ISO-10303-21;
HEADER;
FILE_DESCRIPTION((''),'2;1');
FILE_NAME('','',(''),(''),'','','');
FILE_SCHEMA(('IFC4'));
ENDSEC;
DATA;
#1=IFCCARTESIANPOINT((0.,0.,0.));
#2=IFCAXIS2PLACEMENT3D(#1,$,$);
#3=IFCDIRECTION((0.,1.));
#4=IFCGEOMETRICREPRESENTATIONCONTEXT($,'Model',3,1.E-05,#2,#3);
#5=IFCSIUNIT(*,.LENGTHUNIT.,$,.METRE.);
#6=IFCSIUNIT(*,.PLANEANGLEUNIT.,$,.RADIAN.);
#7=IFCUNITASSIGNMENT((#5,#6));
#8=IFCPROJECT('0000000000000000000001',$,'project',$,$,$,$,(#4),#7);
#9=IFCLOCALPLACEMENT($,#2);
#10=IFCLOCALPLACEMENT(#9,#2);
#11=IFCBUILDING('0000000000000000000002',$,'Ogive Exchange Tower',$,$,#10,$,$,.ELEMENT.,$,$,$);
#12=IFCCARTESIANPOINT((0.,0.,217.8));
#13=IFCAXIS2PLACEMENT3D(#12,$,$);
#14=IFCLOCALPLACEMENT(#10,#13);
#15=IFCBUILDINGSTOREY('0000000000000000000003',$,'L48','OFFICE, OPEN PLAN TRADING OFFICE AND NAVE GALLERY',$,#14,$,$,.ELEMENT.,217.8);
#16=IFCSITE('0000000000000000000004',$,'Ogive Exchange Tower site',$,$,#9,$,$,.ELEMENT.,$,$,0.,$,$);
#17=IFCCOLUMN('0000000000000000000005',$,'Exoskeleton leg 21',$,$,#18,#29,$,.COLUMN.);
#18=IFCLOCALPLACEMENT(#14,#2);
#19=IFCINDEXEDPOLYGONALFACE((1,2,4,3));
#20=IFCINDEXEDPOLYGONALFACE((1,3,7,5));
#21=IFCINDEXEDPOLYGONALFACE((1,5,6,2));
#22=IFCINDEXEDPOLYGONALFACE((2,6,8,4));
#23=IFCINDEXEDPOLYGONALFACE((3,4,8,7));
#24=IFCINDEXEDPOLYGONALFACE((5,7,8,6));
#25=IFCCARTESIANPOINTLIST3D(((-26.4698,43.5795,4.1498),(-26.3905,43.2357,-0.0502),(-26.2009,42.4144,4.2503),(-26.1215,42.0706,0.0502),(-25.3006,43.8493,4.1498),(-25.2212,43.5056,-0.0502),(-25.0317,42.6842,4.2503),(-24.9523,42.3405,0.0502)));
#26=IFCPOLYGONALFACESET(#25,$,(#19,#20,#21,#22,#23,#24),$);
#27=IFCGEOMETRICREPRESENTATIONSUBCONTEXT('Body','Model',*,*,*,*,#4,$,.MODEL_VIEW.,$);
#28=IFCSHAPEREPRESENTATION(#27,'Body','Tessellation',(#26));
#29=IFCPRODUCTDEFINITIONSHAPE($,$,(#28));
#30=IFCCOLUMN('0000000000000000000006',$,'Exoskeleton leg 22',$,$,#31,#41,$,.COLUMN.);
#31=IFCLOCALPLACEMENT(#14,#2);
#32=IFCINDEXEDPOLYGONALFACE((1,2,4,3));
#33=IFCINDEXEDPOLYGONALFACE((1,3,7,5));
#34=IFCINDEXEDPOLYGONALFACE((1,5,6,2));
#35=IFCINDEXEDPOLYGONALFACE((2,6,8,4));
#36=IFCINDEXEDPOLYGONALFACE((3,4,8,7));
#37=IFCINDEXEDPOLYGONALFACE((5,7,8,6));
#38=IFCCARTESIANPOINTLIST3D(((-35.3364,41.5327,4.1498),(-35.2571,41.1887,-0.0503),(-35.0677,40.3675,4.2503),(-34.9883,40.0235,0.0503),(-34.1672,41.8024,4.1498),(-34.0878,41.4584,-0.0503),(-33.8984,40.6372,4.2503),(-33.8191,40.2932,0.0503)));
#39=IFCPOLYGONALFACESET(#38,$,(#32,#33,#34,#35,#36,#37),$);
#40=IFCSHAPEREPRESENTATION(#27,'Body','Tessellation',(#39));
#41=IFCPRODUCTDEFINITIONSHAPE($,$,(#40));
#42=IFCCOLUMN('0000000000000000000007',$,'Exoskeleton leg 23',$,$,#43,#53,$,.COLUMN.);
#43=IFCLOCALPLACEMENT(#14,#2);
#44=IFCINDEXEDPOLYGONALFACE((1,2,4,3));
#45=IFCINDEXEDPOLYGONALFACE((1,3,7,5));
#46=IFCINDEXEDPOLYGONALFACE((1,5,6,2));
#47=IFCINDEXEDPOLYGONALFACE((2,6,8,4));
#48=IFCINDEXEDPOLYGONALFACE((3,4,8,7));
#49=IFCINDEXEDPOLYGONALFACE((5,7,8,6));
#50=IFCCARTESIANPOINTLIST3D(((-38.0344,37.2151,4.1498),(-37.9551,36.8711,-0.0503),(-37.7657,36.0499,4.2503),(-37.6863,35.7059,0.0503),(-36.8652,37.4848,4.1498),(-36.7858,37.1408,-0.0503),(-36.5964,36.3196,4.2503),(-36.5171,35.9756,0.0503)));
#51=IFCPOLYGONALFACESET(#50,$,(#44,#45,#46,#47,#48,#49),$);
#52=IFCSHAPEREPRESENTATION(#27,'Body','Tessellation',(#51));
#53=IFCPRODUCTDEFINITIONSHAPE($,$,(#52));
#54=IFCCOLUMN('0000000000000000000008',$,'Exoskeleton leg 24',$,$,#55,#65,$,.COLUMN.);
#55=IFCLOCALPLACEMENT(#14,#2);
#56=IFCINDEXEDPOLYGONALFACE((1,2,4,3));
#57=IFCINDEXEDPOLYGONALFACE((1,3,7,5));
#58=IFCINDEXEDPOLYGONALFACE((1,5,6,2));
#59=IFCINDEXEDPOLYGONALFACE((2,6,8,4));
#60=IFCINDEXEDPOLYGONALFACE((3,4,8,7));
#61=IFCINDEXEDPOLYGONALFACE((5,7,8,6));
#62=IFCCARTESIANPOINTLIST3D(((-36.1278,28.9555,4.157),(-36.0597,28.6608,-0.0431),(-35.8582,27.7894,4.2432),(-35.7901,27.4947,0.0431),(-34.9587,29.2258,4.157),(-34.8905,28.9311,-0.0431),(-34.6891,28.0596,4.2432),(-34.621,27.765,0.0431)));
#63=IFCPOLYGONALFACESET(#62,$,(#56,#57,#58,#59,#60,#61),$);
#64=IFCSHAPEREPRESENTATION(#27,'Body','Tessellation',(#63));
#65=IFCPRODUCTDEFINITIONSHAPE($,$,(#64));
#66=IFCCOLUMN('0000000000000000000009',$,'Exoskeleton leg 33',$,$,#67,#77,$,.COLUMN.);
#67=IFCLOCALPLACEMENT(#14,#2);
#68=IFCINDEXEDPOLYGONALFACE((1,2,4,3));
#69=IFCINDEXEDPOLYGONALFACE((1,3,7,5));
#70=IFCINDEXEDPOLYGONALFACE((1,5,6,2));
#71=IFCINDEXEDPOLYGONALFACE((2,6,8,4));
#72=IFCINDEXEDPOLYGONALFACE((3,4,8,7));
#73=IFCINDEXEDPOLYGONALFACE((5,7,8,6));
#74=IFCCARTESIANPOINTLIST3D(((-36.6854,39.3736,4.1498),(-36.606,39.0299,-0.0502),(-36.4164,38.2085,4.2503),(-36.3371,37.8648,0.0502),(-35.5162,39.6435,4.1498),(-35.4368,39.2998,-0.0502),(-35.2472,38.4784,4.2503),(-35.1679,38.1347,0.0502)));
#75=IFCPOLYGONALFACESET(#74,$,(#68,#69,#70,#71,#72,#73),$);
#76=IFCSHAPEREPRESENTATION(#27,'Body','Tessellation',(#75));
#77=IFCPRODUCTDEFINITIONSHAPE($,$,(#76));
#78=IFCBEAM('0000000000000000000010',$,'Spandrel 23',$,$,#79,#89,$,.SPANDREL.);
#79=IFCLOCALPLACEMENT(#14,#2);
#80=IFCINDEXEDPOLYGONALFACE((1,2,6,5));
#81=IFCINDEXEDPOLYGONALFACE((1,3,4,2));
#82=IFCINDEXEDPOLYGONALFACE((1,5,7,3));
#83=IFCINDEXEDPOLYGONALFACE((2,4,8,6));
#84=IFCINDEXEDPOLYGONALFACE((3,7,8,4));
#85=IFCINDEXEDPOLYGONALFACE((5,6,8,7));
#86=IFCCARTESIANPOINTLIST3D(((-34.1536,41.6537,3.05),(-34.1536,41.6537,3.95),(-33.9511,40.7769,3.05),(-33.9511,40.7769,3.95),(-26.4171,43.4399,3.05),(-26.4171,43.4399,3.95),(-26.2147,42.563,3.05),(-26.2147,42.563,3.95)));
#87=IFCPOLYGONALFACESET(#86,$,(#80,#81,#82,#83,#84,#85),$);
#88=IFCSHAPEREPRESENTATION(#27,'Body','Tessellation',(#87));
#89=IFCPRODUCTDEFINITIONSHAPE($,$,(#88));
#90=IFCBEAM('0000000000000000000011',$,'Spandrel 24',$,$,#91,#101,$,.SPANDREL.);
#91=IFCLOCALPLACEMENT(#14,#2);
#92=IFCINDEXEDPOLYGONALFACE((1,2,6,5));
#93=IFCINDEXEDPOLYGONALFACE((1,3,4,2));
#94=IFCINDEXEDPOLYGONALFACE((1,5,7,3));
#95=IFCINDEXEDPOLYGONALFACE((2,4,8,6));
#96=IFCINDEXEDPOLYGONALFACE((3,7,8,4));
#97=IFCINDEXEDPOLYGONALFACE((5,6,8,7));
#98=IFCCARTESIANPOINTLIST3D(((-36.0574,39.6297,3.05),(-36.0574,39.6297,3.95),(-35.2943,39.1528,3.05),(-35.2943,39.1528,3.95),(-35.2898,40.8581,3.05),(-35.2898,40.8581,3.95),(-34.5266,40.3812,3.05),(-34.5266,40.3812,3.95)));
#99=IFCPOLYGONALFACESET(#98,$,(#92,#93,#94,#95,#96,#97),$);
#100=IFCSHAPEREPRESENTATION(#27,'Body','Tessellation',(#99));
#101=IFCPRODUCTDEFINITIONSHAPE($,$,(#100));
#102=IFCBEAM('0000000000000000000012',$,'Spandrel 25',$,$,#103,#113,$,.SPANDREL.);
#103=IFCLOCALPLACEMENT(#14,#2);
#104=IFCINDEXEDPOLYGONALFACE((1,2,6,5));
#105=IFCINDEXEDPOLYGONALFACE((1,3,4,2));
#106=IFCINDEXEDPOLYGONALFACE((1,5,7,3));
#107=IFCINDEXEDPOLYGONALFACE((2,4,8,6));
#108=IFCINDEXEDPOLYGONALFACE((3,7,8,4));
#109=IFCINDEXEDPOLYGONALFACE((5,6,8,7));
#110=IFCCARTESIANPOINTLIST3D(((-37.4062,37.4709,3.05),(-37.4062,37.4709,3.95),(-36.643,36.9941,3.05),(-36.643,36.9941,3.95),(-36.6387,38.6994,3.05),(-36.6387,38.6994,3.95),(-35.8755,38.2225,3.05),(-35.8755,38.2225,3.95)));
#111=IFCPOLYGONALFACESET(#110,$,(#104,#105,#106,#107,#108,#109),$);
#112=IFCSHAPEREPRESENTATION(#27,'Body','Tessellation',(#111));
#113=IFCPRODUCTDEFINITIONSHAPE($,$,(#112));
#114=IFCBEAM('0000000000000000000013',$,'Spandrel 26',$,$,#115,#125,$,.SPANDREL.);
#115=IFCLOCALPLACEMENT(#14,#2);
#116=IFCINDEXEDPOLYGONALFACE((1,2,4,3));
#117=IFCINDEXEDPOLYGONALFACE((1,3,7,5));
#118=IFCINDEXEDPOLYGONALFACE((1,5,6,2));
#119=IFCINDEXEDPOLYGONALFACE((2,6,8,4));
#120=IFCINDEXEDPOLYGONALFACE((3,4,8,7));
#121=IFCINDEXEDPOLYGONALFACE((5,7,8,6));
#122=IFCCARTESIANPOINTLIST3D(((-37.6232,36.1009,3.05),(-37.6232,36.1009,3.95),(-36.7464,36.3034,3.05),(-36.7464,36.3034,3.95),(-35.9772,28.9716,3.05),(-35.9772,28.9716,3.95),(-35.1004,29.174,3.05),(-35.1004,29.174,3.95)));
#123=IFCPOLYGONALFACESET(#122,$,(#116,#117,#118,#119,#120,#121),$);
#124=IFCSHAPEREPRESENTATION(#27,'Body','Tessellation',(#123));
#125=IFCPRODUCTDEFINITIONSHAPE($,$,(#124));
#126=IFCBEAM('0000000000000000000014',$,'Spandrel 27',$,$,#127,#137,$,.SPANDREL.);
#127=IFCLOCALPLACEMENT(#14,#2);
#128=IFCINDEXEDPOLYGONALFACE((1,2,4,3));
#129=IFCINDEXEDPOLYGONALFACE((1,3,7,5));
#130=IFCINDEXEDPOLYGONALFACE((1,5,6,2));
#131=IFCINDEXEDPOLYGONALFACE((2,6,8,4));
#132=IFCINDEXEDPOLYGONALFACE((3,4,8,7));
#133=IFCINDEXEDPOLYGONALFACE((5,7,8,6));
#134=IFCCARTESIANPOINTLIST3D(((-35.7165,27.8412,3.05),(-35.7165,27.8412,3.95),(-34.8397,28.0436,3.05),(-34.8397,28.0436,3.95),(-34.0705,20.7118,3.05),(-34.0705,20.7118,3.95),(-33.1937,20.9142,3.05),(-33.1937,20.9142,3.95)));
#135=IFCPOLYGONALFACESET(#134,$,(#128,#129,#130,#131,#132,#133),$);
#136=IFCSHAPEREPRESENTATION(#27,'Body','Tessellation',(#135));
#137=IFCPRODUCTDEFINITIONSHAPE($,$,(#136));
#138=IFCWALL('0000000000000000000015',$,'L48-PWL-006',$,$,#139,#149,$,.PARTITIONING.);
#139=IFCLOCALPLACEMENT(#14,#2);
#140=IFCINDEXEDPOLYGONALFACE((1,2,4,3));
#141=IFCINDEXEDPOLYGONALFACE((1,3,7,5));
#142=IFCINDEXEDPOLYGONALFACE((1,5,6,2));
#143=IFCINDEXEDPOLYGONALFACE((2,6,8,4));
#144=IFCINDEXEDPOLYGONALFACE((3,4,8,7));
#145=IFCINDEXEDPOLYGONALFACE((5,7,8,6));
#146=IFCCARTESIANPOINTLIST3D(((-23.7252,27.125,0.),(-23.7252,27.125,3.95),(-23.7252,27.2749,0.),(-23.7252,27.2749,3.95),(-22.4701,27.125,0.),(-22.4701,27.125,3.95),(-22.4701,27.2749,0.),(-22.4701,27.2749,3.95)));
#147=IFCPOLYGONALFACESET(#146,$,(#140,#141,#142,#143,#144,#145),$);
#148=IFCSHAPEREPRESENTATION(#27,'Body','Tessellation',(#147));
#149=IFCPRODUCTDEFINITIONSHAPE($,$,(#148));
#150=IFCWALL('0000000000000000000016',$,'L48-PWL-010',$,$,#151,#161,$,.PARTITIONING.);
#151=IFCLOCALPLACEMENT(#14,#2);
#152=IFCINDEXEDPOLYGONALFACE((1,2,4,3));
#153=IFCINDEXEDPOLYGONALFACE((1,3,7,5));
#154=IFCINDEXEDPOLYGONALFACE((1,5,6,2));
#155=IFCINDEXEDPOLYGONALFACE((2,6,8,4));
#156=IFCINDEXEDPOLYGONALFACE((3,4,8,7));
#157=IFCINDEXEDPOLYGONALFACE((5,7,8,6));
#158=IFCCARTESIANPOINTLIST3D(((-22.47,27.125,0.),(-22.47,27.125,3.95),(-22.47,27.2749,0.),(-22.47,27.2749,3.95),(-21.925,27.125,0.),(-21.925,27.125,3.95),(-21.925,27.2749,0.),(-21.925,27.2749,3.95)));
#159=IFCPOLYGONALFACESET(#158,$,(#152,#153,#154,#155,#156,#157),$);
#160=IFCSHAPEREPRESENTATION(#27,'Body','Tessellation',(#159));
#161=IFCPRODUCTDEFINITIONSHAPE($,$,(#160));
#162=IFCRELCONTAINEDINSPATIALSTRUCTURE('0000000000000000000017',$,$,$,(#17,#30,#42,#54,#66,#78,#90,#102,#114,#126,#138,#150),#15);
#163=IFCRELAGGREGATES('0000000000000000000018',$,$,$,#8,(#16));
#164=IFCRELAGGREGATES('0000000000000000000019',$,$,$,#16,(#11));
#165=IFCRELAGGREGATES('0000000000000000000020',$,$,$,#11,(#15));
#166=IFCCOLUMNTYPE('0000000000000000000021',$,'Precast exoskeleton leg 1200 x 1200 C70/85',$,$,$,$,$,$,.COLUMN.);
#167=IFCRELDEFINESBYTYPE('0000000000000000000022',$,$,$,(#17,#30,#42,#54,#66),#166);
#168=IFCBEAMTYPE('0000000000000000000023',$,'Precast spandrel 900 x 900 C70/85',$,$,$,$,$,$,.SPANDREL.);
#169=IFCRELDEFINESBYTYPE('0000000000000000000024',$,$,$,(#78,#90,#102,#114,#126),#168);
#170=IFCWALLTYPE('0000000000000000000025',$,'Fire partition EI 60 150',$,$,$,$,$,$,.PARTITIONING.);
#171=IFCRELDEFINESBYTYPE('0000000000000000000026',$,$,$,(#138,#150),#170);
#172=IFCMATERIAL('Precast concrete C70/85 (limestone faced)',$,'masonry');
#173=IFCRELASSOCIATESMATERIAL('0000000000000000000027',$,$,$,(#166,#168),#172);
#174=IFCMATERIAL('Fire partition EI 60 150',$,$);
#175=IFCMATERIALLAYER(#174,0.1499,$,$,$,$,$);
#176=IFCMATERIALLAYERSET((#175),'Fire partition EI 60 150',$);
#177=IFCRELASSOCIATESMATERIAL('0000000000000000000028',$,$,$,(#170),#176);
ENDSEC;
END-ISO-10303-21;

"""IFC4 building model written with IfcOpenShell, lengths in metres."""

from ifc_helpers import new_model, si_unit, direction, frame, frame_2d, origin, origin_2d, place, context, subcontext, project, spatial, rectangle, extrude, material, layer, layer_set, material_profile, profile_set, type_object, element, save


model = new_model("IFC4")

# Units and contexts
model_context = context("Model", 3, precision=1e-05, world=origin(), true_north=direction((0.0, 1.0)))
body_context = subcontext(model_context, "Body", "Model", "MODEL_VIEW")
ifc_project = project(units=[si_unit("LENGTHUNIT", "METRE"), si_unit("PLANEANGLEUNIT", "RADIAN")], contexts=[model_context])

# Site, building, storey
site_placement = place(None, origin())
site = spatial("IfcSite", under=ifc_project, at=site_placement, Name="Ogive Exchange Tower site", CompositionType="ELEMENT", RefElevation=0.0)
building_placement = place(site_placement, origin())
building = spatial("IfcBuilding", under=site, at=building_placement, Name="Ogive Exchange Tower", CompositionType="ELEMENT")
storey_placement = place(building_placement, frame((0.0, 0.0, 217.8)))
storey = spatial("IfcBuildingStorey", under=building, at=storey_placement, Name="L48", Description="OFFICE, OPEN PLAN TRADING OFFICE AND NAVE GALLERY", CompositionType="ELEMENT", Elevation=217.8)

# Columns
ifc_material_1 = material(Name="Precast concrete C70/85 (limestone faced)", Category="masonry")
ifc_material_profile_1 = material_profile(ifc_material_1, rectangle(XDim=1.2, YDim=1.2, at=origin_2d()), Name="1200 x 1200")
ifc_profile_set_1 = profile_set([ifc_material_profile_1], Name="Precast concrete C70/85 (limestone faced)")
column_type = type_object("IfcColumnType", Name="Precast exoskeleton leg 1200 x 1200 C70/85", PredefinedType="COLUMN", material=ifc_profile_set_1)
for number, where, z_axis, x_axis, name in (
    (1, (-25.6714, 42.7881, 0.0), (-0.018826, 0.081559, 0.996491), (-0.97438, -0.22491, 0.0), "Exoskeleton leg 21"),
    (2, (-34.5381, 40.741, 0.0), (-0.018826, 0.081617, 0.996486), (-0.974415, -0.224758, 0.0), "Exoskeleton leg 22"),
    (3, (-37.2361, 36.4233, 0.0), (-0.018826, 0.081617, 0.996486), (-0.974415, -0.224758, 0.0), "Exoskeleton leg 23"),
):
    element("IfcColumn", number, at=place(storey_placement, frame(where, z_axis=z_axis, x_axis=x_axis)), inside=storey, type_object=column_type, Name=name, PredefinedType="COLUMN", context=body_context, shape_type="SweptSolid", body=[
        extrude(rectangle(XDim=1.2, YDim=1.2, at=origin_2d()), origin(), (0.0, 0.0, 1.0), 4.2148),
    ])
column_1_placement = place(storey_placement, frame((-35.3403, 28.2129, 0.0), z_axis=(-0.016176, 0.069981, 0.997417), x_axis=(-0.97431, -0.225213, 0.0)))
element("IfcColumn", 4, at=column_1_placement, inside=storey, type_object=column_type, Name="Exoskeleton leg 24", PredefinedType="COLUMN", context=body_context, shape_type="SweptSolid", body=[
    extrude(rectangle(XDim=1.2, YDim=1.2, at=origin_2d()), origin(), (0.0, 0.0, 1.0), 4.2109),
])
column_2_placement = place(storey_placement, frame((-35.887, 38.5823, 0.0), z_axis=(-0.018826, 0.081559, 0.996491), x_axis=(-0.97438, -0.22491, 0.0)))
element("IfcColumn", 5, at=column_2_placement, inside=storey, type_object=column_type, Name="Exoskeleton leg 33", PredefinedType="COLUMN", context=body_context, shape_type="SweptSolid", body=[
    extrude(rectangle(XDim=1.2, YDim=1.2, at=origin_2d()), origin(), (0.0, 0.0, 1.0), 4.2148),
])

# Beams
ifc_material_profile_2 = material_profile(ifc_material_1, rectangle(XDim=0.8999, YDim=0.8999, at=origin_2d()), Name="900 x 900")
ifc_profile_set_2 = profile_set([ifc_material_profile_2], Name="Precast concrete C70/85 (limestone faced)")
beam_type = type_object("IfcBeamType", Name="Precast spandrel 900 x 900 C70/85", PredefinedType="SPANDREL", material=ifc_profile_set_2)
beam_placement = place(storey_placement, frame((-26.3159, 43.0015, 3.5), z_axis=(-0.974368, -0.224958, 0.0), x_axis=(0.224958, -0.974368, 0.0)))
element("IfcBeam", 6, at=beam_placement, inside=storey, type_object=beam_type, Name="Spandrel 23", PredefinedType="SPANDREL", context=body_context, shape_type="SweptSolid", body=[
    extrude(rectangle(XDim=0.8999, YDim=0.8999, at=origin_2d()), origin(), (0.0, 0.0, 1.0), 7.9399),
])
for number, where, z_axis, x_axis, name in (
    (7, (-34.9082, 40.6196, 3.5), (-0.529953, -0.848027, 0.0), (0.848027, -0.529953, 0.0), "Spandrel 24"),
    (8, (-36.2571, 38.4609, 3.5), (-0.529878, -0.848074, 0.0), (0.848074, -0.529878, 0.0), "Spandrel 25"),
):
    element("IfcBeam", number, at=place(storey_placement, frame(where, z_axis=z_axis, x_axis=x_axis)), inside=storey, type_object=beam_type, Name=name, PredefinedType="SPANDREL", context=body_context, shape_type="SweptSolid", body=[
        extrude(rectangle(XDim=0.8999, YDim=0.8999, at=origin_2d()), origin(), (0.0, 0.0, 1.0), 1.4485),
    ])
for number, where, z_axis, x_axis, name in (
    (9, (-37.1848, 36.2021, 3.5), (0.224957, -0.974369, 0.0), (0.974369, 0.224957, 0.0), "Spandrel 26"),
    (10, (-35.2781, 27.9424, 3.5), (0.224957, -0.974369, 0.0), (0.974369, 0.224957, 0.0), "Spandrel 27"),
):
    element("IfcBeam", number, at=place(storey_placement, frame(where, z_axis=z_axis, x_axis=x_axis)), inside=storey, type_object=beam_type, Name=name, PredefinedType="SPANDREL", context=body_context, shape_type="SweptSolid", body=[
        extrude(rectangle(XDim=0.8999, YDim=0.8999, at=origin_2d()), origin(), (0.0, 0.0, 1.0), 7.3169),
    ])

# Walls
ifc_material_2 = material(Name="Fire partition EI 60 150")
ifc_layer_1 = layer(ifc_material_2, 0.1499)
ifc_layer_set_1 = layer_set([ifc_layer_1], Name="Fire partition EI 60 150")
wall_type_1 = type_object("IfcWallType", Name="Fire partition EI 60 150", PredefinedType="PARTITIONING", material=ifc_layer_set_1)
wall_1_placement = place(storey_placement, frame((-23.7251, 27.2, 0.0), z_axis=(0.0, 0.0, 1.0), x_axis=(1.0, 0.0, 0.0)))
element("IfcWall", 11, at=wall_1_placement, inside=storey, type_object=wall_type_1, Name="L48-PWL-006", PredefinedType="PARTITIONING", context=body_context, shape_type="SweptSolid", body=[
    extrude(rectangle(XDim=1.2551, YDim=0.1499, at=frame_2d((0.6274, 0.0))), origin(), (0.0, 0.0, 1.0), 3.95),
])
wall_2_placement = place(storey_placement, frame((-22.47, 27.2, 0.0), z_axis=(0.0, 0.0, 1.0), x_axis=(1.0, 0.0, 0.0)))
element("IfcWall", 12, at=wall_2_placement, inside=storey, type_object=wall_type_1, Name="L48-PWL-010", PredefinedType="PARTITIONING", context=body_context, shape_type="SweptSolid", body=[
    extrude(rectangle(XDim=0.5449, YDim=0.1499, at=frame_2d((0.2725, 0.0))), origin(), (0.0, 0.0, 1.0), 3.95),
])

save(model, "model.ifc")
